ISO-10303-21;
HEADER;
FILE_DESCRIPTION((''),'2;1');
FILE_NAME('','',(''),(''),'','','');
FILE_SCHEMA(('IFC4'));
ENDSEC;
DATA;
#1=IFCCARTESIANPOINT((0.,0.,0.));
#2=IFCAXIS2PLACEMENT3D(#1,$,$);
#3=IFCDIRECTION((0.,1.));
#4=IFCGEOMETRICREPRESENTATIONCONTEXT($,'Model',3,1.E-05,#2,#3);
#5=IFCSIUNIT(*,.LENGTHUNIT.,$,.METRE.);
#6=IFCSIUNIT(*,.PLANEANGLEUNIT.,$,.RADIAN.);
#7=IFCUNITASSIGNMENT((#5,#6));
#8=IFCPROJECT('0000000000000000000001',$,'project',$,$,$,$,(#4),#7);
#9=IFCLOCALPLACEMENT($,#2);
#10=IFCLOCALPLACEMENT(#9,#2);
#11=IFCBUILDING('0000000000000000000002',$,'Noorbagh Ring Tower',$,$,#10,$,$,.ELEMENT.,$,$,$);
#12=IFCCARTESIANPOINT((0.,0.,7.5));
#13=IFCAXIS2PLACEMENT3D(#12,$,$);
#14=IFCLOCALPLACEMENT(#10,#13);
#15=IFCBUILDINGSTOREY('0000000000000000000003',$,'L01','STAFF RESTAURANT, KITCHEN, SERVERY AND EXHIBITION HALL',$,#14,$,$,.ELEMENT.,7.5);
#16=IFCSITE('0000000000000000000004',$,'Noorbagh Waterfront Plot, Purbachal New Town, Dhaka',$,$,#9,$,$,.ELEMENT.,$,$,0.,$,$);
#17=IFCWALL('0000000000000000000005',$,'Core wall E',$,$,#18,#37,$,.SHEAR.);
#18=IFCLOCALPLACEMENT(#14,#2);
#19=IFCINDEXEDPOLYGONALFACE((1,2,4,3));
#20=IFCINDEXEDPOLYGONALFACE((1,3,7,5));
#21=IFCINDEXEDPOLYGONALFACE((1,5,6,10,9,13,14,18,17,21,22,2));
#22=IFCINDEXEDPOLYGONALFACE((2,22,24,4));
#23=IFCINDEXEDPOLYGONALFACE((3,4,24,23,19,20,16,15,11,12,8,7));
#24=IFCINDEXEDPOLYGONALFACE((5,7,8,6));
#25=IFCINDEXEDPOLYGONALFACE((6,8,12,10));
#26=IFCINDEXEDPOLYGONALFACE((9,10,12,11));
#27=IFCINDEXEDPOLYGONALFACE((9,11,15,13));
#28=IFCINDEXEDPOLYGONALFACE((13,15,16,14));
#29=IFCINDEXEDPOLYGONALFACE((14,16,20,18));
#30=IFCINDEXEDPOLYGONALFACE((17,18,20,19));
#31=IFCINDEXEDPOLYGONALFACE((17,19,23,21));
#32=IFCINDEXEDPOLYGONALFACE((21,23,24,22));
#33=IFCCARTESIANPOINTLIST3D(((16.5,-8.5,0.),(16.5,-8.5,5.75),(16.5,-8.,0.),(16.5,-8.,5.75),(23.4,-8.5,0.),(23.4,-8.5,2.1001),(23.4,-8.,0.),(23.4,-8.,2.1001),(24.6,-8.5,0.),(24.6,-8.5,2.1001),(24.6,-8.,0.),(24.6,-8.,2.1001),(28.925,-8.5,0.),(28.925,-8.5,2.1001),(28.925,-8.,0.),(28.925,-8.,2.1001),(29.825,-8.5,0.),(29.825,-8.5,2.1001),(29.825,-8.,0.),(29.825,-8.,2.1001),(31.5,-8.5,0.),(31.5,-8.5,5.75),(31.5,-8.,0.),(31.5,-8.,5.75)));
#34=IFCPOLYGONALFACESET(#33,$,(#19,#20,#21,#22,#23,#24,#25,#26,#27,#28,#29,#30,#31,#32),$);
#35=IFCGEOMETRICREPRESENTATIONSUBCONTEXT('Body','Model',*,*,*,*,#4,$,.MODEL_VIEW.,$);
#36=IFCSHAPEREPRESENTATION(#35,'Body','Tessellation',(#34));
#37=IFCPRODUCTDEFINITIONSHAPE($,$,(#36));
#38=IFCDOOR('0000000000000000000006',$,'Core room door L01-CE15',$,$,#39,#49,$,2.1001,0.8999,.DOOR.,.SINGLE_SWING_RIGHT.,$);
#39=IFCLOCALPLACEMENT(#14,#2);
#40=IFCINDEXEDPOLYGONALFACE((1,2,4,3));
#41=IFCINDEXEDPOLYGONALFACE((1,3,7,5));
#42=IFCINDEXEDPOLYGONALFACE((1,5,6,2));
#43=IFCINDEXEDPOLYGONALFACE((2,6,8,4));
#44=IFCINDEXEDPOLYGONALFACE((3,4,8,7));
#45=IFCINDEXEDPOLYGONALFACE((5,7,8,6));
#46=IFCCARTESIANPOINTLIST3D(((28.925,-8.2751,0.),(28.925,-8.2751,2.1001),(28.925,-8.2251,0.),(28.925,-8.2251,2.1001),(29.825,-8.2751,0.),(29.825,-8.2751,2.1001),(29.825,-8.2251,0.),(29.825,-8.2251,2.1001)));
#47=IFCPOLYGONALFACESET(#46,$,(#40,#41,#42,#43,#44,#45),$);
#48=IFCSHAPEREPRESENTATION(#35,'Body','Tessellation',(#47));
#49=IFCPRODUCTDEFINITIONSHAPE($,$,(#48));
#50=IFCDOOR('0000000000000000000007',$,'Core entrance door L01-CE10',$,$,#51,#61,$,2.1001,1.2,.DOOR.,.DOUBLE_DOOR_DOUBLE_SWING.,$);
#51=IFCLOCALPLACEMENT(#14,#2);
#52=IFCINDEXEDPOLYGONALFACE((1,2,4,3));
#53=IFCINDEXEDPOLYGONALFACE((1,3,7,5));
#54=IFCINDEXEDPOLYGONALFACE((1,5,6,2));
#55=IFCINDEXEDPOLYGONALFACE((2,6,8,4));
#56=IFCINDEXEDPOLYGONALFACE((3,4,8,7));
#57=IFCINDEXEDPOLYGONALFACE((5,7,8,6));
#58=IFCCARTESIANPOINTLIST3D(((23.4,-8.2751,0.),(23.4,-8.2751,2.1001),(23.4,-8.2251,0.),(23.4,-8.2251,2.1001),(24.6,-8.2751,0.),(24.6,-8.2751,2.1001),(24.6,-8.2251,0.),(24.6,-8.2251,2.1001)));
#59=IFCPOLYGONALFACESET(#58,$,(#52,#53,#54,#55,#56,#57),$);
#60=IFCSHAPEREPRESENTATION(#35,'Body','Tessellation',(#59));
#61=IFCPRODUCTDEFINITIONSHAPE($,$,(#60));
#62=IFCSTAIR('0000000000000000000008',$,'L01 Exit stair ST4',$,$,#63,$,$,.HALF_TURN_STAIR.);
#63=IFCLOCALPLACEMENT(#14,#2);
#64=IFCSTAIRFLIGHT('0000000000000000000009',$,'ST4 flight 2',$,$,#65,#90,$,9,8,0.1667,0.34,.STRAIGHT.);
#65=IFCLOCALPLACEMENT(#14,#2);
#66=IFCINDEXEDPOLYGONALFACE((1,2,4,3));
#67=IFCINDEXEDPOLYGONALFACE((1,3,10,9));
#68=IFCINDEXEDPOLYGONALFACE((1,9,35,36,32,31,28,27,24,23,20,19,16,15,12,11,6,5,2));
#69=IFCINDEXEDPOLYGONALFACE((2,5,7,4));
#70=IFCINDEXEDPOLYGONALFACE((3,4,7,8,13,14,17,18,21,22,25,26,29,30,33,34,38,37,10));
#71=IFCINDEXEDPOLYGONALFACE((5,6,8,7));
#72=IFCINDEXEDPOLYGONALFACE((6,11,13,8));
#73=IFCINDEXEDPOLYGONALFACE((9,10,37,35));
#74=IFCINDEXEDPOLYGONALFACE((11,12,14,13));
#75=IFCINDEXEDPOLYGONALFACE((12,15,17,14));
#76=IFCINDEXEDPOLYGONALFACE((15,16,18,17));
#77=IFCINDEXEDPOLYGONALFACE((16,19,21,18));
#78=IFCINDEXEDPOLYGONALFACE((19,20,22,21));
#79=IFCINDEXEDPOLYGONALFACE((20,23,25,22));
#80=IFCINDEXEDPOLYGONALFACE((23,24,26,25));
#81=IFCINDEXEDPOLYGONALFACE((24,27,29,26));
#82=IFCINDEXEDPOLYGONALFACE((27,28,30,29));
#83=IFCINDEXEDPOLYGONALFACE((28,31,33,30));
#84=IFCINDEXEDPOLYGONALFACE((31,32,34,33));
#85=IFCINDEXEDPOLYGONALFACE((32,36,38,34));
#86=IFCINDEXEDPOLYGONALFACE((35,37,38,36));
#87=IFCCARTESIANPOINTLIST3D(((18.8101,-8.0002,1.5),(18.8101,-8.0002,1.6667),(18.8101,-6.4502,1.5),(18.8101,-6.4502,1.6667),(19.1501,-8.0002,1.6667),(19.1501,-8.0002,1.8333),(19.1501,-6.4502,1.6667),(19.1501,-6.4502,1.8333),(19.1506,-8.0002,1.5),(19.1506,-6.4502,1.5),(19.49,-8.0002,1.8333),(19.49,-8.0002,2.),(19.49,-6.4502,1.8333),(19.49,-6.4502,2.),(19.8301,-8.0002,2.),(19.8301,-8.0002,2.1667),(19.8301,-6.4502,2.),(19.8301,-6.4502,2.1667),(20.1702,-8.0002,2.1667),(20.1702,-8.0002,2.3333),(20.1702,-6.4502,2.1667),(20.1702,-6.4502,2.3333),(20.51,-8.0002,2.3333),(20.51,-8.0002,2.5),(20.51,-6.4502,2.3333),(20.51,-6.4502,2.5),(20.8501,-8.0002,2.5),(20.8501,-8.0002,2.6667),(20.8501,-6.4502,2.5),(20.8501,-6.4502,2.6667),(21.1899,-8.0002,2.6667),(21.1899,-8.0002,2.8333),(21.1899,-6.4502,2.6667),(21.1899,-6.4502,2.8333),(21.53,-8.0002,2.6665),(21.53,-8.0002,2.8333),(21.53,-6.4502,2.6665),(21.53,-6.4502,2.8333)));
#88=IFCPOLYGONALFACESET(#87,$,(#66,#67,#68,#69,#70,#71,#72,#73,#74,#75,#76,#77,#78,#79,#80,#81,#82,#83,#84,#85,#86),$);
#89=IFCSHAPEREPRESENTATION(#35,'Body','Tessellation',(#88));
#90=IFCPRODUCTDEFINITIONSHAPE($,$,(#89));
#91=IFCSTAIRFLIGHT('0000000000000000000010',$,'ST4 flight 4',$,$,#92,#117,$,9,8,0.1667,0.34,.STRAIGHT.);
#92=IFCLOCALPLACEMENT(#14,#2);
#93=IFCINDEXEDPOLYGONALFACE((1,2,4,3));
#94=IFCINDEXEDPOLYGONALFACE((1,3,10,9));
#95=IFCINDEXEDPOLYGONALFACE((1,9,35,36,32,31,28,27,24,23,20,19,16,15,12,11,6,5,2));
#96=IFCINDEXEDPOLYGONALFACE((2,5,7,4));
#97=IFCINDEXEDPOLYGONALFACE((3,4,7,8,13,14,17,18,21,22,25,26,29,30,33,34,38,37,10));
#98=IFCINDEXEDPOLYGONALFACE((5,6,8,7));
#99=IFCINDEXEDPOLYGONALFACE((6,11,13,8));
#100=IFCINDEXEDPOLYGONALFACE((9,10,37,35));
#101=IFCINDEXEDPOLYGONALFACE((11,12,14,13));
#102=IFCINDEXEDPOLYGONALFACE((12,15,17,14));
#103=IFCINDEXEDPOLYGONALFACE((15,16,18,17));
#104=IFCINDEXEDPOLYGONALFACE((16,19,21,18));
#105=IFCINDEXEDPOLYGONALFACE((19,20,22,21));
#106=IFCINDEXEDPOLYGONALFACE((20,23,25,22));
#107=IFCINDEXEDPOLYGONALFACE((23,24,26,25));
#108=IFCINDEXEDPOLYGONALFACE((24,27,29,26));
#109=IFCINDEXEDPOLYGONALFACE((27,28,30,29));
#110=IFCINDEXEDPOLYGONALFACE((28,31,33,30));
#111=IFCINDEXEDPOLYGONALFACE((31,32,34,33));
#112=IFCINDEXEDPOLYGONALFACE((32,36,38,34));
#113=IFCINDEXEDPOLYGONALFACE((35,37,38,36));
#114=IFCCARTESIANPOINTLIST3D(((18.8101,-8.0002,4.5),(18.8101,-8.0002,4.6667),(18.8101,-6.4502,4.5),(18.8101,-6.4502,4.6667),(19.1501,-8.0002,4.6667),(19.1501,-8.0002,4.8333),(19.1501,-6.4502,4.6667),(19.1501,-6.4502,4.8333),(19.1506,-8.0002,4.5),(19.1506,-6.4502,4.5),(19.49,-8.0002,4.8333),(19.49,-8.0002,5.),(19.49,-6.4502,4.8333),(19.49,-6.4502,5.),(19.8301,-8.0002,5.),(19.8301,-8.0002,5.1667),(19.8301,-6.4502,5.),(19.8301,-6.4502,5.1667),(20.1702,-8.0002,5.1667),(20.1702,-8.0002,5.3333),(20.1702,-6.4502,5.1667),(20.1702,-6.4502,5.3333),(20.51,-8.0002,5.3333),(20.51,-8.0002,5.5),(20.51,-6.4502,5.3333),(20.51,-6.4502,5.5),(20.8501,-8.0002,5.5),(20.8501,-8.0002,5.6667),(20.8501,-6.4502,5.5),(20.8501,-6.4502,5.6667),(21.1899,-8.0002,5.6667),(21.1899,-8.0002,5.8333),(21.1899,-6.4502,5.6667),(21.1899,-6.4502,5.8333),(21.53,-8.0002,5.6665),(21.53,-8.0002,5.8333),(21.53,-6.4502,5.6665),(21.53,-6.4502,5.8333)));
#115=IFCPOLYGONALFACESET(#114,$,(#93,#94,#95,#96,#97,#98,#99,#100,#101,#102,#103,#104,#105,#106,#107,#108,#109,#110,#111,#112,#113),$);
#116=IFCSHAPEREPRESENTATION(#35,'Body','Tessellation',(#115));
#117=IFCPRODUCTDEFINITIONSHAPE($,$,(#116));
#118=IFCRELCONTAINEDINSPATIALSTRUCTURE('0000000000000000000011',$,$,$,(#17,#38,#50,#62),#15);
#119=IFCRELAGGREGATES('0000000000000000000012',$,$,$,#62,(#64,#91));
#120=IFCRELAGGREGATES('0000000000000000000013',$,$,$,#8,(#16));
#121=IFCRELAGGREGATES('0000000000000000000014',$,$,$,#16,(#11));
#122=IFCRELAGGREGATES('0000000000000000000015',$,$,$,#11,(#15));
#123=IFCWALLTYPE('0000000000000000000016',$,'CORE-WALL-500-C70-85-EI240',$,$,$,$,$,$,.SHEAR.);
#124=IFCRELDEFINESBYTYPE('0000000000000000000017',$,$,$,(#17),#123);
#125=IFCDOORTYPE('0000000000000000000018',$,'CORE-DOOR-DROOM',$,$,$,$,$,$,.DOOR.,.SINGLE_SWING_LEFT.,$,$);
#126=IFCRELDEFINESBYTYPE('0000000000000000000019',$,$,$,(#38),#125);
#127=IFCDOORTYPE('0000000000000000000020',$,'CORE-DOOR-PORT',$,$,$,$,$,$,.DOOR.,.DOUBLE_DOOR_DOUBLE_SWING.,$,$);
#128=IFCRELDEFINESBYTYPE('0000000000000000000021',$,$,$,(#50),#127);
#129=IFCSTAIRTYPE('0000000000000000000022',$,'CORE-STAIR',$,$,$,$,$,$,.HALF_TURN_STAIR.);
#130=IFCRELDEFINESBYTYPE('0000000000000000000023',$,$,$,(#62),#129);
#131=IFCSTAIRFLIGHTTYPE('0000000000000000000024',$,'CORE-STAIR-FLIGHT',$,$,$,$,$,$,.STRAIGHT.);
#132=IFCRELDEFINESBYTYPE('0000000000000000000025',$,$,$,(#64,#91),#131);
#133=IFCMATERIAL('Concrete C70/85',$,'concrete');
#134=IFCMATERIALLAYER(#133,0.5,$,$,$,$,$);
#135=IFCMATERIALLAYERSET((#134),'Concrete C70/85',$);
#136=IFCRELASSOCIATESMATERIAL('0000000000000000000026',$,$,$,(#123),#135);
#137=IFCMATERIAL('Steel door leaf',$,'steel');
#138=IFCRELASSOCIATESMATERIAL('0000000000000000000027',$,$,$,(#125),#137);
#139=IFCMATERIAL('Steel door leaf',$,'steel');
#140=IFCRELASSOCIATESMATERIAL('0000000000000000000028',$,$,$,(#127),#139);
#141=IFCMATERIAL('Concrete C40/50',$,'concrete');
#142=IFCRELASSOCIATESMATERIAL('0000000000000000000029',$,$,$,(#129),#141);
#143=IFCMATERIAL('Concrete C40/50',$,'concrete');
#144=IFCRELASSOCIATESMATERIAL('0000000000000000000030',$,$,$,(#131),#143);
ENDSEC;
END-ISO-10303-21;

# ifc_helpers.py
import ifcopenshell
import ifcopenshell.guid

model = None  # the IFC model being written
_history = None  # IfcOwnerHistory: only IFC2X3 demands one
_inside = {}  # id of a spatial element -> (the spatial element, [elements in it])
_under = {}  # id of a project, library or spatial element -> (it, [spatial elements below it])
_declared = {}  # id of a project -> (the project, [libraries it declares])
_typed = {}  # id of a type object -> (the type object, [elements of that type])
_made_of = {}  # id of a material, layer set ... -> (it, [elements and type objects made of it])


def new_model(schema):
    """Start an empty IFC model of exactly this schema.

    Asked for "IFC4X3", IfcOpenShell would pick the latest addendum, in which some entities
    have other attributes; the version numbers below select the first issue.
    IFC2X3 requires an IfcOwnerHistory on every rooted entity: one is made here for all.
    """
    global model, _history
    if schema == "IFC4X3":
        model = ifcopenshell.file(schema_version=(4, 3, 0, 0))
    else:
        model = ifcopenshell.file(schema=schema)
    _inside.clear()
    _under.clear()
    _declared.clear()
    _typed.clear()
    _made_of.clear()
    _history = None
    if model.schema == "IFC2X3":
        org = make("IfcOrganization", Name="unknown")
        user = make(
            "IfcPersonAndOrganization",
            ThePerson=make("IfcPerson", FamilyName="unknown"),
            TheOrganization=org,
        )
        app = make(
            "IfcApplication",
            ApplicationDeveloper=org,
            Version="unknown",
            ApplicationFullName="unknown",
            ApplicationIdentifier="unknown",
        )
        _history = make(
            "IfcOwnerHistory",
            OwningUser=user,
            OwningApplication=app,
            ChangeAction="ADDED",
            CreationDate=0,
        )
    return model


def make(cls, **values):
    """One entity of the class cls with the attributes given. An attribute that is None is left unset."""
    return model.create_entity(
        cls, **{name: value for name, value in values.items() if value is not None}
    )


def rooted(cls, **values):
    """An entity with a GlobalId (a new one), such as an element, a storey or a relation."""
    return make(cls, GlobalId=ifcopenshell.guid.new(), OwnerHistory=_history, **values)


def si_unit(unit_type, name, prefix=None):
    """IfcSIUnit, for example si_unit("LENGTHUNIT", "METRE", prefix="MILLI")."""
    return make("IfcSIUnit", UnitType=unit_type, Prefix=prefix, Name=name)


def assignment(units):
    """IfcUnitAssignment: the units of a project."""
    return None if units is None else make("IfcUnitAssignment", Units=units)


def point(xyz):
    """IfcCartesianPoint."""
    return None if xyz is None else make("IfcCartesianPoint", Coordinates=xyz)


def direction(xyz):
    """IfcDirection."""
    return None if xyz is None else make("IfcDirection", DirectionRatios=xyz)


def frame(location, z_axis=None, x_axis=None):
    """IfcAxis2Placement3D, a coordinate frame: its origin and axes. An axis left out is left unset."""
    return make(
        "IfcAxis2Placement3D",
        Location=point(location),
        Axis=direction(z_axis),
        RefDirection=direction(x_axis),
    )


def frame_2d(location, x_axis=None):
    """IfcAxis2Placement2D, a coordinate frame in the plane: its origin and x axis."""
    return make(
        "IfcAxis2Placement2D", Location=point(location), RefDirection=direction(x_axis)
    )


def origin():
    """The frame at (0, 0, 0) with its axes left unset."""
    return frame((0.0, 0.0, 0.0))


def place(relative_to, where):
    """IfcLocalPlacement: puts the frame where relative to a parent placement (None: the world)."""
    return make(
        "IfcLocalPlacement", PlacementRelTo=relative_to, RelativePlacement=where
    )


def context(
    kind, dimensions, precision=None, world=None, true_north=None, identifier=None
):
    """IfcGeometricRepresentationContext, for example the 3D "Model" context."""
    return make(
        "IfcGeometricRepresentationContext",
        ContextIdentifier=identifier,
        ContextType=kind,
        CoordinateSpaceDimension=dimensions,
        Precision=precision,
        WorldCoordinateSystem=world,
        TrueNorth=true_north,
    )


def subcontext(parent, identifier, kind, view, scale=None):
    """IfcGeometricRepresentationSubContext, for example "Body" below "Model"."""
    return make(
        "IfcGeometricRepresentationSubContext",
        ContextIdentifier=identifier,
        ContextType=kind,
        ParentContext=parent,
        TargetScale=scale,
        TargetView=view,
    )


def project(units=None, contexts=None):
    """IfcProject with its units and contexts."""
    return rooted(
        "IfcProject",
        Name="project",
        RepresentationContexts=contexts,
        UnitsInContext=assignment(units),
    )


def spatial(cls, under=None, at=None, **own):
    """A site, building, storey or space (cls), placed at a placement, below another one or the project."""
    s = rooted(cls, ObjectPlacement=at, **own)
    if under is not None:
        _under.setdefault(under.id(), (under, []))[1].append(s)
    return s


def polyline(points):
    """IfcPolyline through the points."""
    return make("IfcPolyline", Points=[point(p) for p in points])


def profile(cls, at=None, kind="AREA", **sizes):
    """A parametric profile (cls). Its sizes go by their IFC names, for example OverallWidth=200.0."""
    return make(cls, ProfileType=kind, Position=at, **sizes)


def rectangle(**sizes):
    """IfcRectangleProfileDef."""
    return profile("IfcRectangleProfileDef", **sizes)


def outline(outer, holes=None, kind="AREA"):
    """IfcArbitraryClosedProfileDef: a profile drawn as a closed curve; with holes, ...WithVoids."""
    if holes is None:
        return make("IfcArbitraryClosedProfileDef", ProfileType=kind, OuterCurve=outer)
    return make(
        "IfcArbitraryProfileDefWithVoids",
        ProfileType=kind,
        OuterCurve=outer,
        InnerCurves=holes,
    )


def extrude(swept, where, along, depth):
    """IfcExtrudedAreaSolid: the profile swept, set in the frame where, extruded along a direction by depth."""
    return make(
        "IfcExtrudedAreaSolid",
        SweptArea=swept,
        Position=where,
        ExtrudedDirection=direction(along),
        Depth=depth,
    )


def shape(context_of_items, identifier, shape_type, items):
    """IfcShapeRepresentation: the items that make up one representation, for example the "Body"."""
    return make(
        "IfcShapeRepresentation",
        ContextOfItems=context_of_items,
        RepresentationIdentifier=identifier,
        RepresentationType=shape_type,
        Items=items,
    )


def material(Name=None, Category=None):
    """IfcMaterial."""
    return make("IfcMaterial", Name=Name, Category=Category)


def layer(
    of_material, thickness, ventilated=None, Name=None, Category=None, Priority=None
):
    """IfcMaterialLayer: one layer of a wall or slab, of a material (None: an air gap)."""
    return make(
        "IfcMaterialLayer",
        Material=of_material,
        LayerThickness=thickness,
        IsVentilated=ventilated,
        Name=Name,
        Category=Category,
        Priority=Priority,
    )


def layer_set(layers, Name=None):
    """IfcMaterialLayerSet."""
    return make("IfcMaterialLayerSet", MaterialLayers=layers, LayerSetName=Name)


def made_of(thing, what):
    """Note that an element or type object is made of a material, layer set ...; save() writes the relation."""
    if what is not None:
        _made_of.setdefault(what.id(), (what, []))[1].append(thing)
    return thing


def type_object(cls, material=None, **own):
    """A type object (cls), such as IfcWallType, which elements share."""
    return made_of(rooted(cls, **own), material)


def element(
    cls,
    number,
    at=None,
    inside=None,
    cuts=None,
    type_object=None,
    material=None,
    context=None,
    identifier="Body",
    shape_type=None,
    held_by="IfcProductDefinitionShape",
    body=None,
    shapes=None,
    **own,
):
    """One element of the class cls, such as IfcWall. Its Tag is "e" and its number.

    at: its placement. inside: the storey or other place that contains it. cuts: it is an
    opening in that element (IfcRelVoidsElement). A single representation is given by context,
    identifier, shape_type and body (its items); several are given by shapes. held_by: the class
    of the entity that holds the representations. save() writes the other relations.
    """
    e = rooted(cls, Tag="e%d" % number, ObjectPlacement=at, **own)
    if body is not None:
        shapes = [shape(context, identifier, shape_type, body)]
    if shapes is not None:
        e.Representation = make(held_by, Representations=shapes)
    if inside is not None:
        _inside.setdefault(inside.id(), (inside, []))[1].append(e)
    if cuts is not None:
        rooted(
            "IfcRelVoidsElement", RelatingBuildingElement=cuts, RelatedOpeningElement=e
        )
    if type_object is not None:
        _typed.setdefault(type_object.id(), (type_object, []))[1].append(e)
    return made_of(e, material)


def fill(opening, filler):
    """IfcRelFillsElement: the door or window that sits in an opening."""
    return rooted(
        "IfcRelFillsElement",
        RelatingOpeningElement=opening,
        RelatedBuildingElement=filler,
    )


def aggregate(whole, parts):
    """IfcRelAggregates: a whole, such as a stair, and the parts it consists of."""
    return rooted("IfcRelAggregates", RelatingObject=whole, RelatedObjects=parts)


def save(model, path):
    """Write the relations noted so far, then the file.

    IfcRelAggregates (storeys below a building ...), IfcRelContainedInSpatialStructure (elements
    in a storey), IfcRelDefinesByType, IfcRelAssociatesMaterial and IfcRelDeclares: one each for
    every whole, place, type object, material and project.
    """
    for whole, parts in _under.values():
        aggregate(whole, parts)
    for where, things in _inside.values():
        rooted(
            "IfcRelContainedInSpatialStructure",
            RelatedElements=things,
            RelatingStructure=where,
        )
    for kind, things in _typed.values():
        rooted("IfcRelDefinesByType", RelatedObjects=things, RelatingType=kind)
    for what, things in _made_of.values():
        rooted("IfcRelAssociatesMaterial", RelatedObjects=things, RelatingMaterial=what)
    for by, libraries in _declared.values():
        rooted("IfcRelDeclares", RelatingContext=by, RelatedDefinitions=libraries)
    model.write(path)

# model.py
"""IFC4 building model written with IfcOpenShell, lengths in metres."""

from ifc_helpers import new_model, si_unit, direction, frame, frame_2d, origin, place, context, subcontext, project, spatial, polyline, rectangle, outline, extrude, material, layer, layer_set, type_object, element, fill, aggregate, save


model = new_model("IFC4")

# Units and contexts
model_context = context("Model", 3, precision=1e-05, world=origin(), true_north=direction((0.0, 1.0)))
body_context = subcontext(model_context, "Body", "Model", "MODEL_VIEW")
ifc_project = project(units=[si_unit("LENGTHUNIT", "METRE"), si_unit("PLANEANGLEUNIT", "RADIAN")], contexts=[model_context])

# Site, building, storey
site_placement = place(None, origin())
site = spatial("IfcSite", under=ifc_project, at=site_placement, Name="Noorbagh Waterfront Plot, Purbachal New Town, Dhaka", CompositionType="ELEMENT", RefElevation=0.0)
building_placement = place(site_placement, origin())
building = spatial("IfcBuilding", under=site, at=building_placement, Name="Noorbagh Ring Tower", CompositionType="ELEMENT")
storey_placement = place(building_placement, frame((0.0, 0.0, 7.5)))
storey = spatial("IfcBuildingStorey", under=building, at=storey_placement, Name="L01", Description="STAFF RESTAURANT, KITCHEN, SERVERY AND EXHIBITION HALL", CompositionType="ELEMENT", Elevation=7.5)

# Wall, openings, doors
ifc_material_1 = material(Name="Concrete C70/85", Category="concrete")
ifc_layer_1 = layer(ifc_material_1, 0.5)
ifc_layer_set_1 = layer_set([ifc_layer_1], Name="Concrete C70/85")
wall_type_1 = type_object("IfcWallType", Name="CORE-WALL-500-C70-85-EI240", PredefinedType="SHEAR", material=ifc_layer_set_1)
wall_1_placement = place(storey_placement, frame((16.5, -8.25, 0.0), z_axis=(0.0, 0.0, 1.0), x_axis=(1.0, 0.0, 0.0)))
wall_1 = element("IfcWall", 1, at=wall_1_placement, inside=storey, type_object=wall_type_1, Name="Core wall E", PredefinedType="SHEAR", context=body_context, shape_type="SweptSolid", body=[
    extrude(rectangle(XDim=15.0, YDim=0.5, at=frame_2d((7.5, 0.0))), origin(), (0.0, 0.0, 1.0), 5.75),
])
opening_1_placement = place(wall_1_placement, frame((6.8999, 0.0, 0.0)))
opening_1 = element("IfcOpeningElement", 2, at=opening_1_placement, cuts=wall_1, PredefinedType="OPENING", context=body_context, shape_type="SweptSolid", body=[
    extrude(rectangle(XDim=1.2, YDim=2.1001, at=frame_2d((0.6001, 1.05))), frame((0.0, 0.26, 0.0), z_axis=(0.0, -1.0, 0.0), x_axis=(1.0, 0.0, 0.0)), (0.0, 0.0, 1.0), 0.52),
])
opening_2_placement = place(wall_1_placement, frame((12.425, 0.0, 0.0)))
opening_2 = element("IfcOpeningElement", 3, at=opening_2_placement, cuts=wall_1, PredefinedType="OPENING", context=body_context, shape_type="SweptSolid", body=[
    extrude(rectangle(XDim=0.8999, YDim=2.1001, at=frame_2d((0.45, 1.05))), frame((0.0, 0.26, 0.0), z_axis=(0.0, -1.0, 0.0), x_axis=(1.0, 0.0, 0.0)), (0.0, 0.0, 1.0), 0.52),
])
ifc_material_2 = material(Name="Steel door leaf", Category="steel")
door_type_1 = type_object("IfcDoorType", Name="CORE-DOOR-DROOM", OperationType="SINGLE_SWING_LEFT", PredefinedType="DOOR", material=ifc_material_2)
door_1_placement = place(opening_2_placement, origin())
door_1 = element("IfcDoor", 4, at=door_1_placement, inside=storey, type_object=door_type_1, Name="Core room door L01-CE15", OperationType="SINGLE_SWING_RIGHT", OverallHeight=2.1001, OverallWidth=0.8999, PredefinedType="DOOR", context=body_context, shape_type="SweptSolid", body=[
    extrude(rectangle(XDim=0.8999, YDim=2.1001, at=frame_2d((0.45, 1.05))), frame((0.0, 0.0249, 0.0), z_axis=(0.0, -1.0, 0.0), x_axis=(1.0, 0.0, 0.0)), (0.0, 0.0, 1.0), 0.05),
])
fill(opening_2, door_1)
ifc_material_3 = material(Name="Steel door leaf", Category="steel")
door_type_2 = type_object("IfcDoorType", Name="CORE-DOOR-PORT", OperationType="DOUBLE_DOOR_DOUBLE_SWING", PredefinedType="DOOR", material=ifc_material_3)
door_2_placement = place(opening_1_placement, origin())
door_2 = element("IfcDoor", 5, at=door_2_placement, inside=storey, type_object=door_type_2, Name="Core entrance door L01-CE10", OperationType="DOUBLE_DOOR_DOUBLE_SWING", OverallHeight=2.1001, OverallWidth=1.2, PredefinedType="DOOR", context=body_context, shape_type="SweptSolid", body=[
    extrude(rectangle(XDim=1.2, YDim=2.1001, at=frame_2d((0.6001, 1.05))), frame((0.0, 0.0249, 0.0), z_axis=(0.0, -1.0, 0.0), x_axis=(1.0, 0.0, 0.0)), (0.0, 0.0, 1.0), 0.05),
])
fill(opening_1, door_2)

# Stair, stair flights
ifc_material_4 = material(Name="Concrete C40/50", Category="concrete")
stair_type = type_object("IfcStairType", Name="CORE-STAIR", PredefinedType="HALF_TURN_STAIR", material=ifc_material_4)
stair_placement = place(storey_placement, origin())
stair = element("IfcStair", 6, at=stair_placement, inside=storey, type_object=stair_type, Name="L01 Exit stair ST4", PredefinedType="HALF_TURN_STAIR")
ifc_material_5 = material(Name="Concrete C40/50", Category="concrete")
stair_flight_type = type_object("IfcStairFlightType", Name="CORE-STAIR-FLIGHT", PredefinedType="STRAIGHT", material=ifc_material_5)
stair_flight_1_placement = place(storey_placement, frame((18.8101, -7.2251, 1.5), z_axis=(0.0, 0.0, 1.0), x_axis=(1.0, 0.0, 0.0)))
stair_flight_1 = element("IfcStairFlight", 7, at=stair_flight_1_placement, type_object=stair_flight_type, Name="ST4 flight 2", NumberOfRisers=9, NumberOfTreads=8, PredefinedType="STRAIGHT", RiserHeight=0.1667, TreadLength=0.34, context=body_context, shape_type="SweptSolid", body=[
    extrude(outline(polyline([(0.0, 0.0), (0.0, 0.1667), (0.3401, 0.1667), (0.3401, 0.3333), (0.6799, 0.3333), (0.6799, 0.5), (1.02, 0.5), (1.02, 0.6667), (1.3601, 0.6667), (1.3601, 0.8333), (1.7, 0.8333), (1.7, 1.0), (2.04, 1.0), (2.04, 1.1667), (2.3799, 1.1667), (2.3799, 1.3333), (2.72, 1.3333), (2.72, 1.5), (2.72, 1.1665), (0.3406, 0.0), (0.0, 0.0)])), frame((0.0, 0.7749, 0.0), z_axis=(0.0, -1.0, 0.0), x_axis=(1.0, 0.0, 0.0)), (0.0, 0.0, 1.0), 1.55),
])
stair_flight_2_placement = place(storey_placement, frame((18.8101, -7.2251, 4.5), z_axis=(0.0, 0.0, 1.0), x_axis=(1.0, 0.0, 0.0)))
stair_flight_2 = element("IfcStairFlight", 8, at=stair_flight_2_placement, type_object=stair_flight_type, Name="ST4 flight 4", NumberOfRisers=9, NumberOfTreads=8, PredefinedType="STRAIGHT", RiserHeight=0.1667, TreadLength=0.34, context=body_context, shape_type="SweptSolid", body=[
    extrude(outline(polyline([(0.0, 0.0), (0.0, 0.1667), (0.3401, 0.1667), (0.3401, 0.3333), (0.6799, 0.3333), (0.6799, 0.5), (1.02, 0.5), (1.02, 0.6667), (1.3601, 0.6667), (1.3601, 0.8333), (1.7, 0.8333), (1.7, 1.0), (2.04, 1.0), (2.04, 1.1667), (2.3799, 1.1667), (2.3799, 1.3333), (2.72, 1.3333), (2.72, 1.5), (2.72, 1.1665), (0.3406, 0.0), (0.0, 0.0)])), frame((0.0, 0.7749, 0.0), z_axis=(0.0, -1.0, 0.0), x_axis=(1.0, 0.0, 0.0)), (0.0, 0.0, 1.0), 1.55),
])
aggregate(stair, [stair_flight_1, stair_flight_2])

save(model, "model.ifc")
